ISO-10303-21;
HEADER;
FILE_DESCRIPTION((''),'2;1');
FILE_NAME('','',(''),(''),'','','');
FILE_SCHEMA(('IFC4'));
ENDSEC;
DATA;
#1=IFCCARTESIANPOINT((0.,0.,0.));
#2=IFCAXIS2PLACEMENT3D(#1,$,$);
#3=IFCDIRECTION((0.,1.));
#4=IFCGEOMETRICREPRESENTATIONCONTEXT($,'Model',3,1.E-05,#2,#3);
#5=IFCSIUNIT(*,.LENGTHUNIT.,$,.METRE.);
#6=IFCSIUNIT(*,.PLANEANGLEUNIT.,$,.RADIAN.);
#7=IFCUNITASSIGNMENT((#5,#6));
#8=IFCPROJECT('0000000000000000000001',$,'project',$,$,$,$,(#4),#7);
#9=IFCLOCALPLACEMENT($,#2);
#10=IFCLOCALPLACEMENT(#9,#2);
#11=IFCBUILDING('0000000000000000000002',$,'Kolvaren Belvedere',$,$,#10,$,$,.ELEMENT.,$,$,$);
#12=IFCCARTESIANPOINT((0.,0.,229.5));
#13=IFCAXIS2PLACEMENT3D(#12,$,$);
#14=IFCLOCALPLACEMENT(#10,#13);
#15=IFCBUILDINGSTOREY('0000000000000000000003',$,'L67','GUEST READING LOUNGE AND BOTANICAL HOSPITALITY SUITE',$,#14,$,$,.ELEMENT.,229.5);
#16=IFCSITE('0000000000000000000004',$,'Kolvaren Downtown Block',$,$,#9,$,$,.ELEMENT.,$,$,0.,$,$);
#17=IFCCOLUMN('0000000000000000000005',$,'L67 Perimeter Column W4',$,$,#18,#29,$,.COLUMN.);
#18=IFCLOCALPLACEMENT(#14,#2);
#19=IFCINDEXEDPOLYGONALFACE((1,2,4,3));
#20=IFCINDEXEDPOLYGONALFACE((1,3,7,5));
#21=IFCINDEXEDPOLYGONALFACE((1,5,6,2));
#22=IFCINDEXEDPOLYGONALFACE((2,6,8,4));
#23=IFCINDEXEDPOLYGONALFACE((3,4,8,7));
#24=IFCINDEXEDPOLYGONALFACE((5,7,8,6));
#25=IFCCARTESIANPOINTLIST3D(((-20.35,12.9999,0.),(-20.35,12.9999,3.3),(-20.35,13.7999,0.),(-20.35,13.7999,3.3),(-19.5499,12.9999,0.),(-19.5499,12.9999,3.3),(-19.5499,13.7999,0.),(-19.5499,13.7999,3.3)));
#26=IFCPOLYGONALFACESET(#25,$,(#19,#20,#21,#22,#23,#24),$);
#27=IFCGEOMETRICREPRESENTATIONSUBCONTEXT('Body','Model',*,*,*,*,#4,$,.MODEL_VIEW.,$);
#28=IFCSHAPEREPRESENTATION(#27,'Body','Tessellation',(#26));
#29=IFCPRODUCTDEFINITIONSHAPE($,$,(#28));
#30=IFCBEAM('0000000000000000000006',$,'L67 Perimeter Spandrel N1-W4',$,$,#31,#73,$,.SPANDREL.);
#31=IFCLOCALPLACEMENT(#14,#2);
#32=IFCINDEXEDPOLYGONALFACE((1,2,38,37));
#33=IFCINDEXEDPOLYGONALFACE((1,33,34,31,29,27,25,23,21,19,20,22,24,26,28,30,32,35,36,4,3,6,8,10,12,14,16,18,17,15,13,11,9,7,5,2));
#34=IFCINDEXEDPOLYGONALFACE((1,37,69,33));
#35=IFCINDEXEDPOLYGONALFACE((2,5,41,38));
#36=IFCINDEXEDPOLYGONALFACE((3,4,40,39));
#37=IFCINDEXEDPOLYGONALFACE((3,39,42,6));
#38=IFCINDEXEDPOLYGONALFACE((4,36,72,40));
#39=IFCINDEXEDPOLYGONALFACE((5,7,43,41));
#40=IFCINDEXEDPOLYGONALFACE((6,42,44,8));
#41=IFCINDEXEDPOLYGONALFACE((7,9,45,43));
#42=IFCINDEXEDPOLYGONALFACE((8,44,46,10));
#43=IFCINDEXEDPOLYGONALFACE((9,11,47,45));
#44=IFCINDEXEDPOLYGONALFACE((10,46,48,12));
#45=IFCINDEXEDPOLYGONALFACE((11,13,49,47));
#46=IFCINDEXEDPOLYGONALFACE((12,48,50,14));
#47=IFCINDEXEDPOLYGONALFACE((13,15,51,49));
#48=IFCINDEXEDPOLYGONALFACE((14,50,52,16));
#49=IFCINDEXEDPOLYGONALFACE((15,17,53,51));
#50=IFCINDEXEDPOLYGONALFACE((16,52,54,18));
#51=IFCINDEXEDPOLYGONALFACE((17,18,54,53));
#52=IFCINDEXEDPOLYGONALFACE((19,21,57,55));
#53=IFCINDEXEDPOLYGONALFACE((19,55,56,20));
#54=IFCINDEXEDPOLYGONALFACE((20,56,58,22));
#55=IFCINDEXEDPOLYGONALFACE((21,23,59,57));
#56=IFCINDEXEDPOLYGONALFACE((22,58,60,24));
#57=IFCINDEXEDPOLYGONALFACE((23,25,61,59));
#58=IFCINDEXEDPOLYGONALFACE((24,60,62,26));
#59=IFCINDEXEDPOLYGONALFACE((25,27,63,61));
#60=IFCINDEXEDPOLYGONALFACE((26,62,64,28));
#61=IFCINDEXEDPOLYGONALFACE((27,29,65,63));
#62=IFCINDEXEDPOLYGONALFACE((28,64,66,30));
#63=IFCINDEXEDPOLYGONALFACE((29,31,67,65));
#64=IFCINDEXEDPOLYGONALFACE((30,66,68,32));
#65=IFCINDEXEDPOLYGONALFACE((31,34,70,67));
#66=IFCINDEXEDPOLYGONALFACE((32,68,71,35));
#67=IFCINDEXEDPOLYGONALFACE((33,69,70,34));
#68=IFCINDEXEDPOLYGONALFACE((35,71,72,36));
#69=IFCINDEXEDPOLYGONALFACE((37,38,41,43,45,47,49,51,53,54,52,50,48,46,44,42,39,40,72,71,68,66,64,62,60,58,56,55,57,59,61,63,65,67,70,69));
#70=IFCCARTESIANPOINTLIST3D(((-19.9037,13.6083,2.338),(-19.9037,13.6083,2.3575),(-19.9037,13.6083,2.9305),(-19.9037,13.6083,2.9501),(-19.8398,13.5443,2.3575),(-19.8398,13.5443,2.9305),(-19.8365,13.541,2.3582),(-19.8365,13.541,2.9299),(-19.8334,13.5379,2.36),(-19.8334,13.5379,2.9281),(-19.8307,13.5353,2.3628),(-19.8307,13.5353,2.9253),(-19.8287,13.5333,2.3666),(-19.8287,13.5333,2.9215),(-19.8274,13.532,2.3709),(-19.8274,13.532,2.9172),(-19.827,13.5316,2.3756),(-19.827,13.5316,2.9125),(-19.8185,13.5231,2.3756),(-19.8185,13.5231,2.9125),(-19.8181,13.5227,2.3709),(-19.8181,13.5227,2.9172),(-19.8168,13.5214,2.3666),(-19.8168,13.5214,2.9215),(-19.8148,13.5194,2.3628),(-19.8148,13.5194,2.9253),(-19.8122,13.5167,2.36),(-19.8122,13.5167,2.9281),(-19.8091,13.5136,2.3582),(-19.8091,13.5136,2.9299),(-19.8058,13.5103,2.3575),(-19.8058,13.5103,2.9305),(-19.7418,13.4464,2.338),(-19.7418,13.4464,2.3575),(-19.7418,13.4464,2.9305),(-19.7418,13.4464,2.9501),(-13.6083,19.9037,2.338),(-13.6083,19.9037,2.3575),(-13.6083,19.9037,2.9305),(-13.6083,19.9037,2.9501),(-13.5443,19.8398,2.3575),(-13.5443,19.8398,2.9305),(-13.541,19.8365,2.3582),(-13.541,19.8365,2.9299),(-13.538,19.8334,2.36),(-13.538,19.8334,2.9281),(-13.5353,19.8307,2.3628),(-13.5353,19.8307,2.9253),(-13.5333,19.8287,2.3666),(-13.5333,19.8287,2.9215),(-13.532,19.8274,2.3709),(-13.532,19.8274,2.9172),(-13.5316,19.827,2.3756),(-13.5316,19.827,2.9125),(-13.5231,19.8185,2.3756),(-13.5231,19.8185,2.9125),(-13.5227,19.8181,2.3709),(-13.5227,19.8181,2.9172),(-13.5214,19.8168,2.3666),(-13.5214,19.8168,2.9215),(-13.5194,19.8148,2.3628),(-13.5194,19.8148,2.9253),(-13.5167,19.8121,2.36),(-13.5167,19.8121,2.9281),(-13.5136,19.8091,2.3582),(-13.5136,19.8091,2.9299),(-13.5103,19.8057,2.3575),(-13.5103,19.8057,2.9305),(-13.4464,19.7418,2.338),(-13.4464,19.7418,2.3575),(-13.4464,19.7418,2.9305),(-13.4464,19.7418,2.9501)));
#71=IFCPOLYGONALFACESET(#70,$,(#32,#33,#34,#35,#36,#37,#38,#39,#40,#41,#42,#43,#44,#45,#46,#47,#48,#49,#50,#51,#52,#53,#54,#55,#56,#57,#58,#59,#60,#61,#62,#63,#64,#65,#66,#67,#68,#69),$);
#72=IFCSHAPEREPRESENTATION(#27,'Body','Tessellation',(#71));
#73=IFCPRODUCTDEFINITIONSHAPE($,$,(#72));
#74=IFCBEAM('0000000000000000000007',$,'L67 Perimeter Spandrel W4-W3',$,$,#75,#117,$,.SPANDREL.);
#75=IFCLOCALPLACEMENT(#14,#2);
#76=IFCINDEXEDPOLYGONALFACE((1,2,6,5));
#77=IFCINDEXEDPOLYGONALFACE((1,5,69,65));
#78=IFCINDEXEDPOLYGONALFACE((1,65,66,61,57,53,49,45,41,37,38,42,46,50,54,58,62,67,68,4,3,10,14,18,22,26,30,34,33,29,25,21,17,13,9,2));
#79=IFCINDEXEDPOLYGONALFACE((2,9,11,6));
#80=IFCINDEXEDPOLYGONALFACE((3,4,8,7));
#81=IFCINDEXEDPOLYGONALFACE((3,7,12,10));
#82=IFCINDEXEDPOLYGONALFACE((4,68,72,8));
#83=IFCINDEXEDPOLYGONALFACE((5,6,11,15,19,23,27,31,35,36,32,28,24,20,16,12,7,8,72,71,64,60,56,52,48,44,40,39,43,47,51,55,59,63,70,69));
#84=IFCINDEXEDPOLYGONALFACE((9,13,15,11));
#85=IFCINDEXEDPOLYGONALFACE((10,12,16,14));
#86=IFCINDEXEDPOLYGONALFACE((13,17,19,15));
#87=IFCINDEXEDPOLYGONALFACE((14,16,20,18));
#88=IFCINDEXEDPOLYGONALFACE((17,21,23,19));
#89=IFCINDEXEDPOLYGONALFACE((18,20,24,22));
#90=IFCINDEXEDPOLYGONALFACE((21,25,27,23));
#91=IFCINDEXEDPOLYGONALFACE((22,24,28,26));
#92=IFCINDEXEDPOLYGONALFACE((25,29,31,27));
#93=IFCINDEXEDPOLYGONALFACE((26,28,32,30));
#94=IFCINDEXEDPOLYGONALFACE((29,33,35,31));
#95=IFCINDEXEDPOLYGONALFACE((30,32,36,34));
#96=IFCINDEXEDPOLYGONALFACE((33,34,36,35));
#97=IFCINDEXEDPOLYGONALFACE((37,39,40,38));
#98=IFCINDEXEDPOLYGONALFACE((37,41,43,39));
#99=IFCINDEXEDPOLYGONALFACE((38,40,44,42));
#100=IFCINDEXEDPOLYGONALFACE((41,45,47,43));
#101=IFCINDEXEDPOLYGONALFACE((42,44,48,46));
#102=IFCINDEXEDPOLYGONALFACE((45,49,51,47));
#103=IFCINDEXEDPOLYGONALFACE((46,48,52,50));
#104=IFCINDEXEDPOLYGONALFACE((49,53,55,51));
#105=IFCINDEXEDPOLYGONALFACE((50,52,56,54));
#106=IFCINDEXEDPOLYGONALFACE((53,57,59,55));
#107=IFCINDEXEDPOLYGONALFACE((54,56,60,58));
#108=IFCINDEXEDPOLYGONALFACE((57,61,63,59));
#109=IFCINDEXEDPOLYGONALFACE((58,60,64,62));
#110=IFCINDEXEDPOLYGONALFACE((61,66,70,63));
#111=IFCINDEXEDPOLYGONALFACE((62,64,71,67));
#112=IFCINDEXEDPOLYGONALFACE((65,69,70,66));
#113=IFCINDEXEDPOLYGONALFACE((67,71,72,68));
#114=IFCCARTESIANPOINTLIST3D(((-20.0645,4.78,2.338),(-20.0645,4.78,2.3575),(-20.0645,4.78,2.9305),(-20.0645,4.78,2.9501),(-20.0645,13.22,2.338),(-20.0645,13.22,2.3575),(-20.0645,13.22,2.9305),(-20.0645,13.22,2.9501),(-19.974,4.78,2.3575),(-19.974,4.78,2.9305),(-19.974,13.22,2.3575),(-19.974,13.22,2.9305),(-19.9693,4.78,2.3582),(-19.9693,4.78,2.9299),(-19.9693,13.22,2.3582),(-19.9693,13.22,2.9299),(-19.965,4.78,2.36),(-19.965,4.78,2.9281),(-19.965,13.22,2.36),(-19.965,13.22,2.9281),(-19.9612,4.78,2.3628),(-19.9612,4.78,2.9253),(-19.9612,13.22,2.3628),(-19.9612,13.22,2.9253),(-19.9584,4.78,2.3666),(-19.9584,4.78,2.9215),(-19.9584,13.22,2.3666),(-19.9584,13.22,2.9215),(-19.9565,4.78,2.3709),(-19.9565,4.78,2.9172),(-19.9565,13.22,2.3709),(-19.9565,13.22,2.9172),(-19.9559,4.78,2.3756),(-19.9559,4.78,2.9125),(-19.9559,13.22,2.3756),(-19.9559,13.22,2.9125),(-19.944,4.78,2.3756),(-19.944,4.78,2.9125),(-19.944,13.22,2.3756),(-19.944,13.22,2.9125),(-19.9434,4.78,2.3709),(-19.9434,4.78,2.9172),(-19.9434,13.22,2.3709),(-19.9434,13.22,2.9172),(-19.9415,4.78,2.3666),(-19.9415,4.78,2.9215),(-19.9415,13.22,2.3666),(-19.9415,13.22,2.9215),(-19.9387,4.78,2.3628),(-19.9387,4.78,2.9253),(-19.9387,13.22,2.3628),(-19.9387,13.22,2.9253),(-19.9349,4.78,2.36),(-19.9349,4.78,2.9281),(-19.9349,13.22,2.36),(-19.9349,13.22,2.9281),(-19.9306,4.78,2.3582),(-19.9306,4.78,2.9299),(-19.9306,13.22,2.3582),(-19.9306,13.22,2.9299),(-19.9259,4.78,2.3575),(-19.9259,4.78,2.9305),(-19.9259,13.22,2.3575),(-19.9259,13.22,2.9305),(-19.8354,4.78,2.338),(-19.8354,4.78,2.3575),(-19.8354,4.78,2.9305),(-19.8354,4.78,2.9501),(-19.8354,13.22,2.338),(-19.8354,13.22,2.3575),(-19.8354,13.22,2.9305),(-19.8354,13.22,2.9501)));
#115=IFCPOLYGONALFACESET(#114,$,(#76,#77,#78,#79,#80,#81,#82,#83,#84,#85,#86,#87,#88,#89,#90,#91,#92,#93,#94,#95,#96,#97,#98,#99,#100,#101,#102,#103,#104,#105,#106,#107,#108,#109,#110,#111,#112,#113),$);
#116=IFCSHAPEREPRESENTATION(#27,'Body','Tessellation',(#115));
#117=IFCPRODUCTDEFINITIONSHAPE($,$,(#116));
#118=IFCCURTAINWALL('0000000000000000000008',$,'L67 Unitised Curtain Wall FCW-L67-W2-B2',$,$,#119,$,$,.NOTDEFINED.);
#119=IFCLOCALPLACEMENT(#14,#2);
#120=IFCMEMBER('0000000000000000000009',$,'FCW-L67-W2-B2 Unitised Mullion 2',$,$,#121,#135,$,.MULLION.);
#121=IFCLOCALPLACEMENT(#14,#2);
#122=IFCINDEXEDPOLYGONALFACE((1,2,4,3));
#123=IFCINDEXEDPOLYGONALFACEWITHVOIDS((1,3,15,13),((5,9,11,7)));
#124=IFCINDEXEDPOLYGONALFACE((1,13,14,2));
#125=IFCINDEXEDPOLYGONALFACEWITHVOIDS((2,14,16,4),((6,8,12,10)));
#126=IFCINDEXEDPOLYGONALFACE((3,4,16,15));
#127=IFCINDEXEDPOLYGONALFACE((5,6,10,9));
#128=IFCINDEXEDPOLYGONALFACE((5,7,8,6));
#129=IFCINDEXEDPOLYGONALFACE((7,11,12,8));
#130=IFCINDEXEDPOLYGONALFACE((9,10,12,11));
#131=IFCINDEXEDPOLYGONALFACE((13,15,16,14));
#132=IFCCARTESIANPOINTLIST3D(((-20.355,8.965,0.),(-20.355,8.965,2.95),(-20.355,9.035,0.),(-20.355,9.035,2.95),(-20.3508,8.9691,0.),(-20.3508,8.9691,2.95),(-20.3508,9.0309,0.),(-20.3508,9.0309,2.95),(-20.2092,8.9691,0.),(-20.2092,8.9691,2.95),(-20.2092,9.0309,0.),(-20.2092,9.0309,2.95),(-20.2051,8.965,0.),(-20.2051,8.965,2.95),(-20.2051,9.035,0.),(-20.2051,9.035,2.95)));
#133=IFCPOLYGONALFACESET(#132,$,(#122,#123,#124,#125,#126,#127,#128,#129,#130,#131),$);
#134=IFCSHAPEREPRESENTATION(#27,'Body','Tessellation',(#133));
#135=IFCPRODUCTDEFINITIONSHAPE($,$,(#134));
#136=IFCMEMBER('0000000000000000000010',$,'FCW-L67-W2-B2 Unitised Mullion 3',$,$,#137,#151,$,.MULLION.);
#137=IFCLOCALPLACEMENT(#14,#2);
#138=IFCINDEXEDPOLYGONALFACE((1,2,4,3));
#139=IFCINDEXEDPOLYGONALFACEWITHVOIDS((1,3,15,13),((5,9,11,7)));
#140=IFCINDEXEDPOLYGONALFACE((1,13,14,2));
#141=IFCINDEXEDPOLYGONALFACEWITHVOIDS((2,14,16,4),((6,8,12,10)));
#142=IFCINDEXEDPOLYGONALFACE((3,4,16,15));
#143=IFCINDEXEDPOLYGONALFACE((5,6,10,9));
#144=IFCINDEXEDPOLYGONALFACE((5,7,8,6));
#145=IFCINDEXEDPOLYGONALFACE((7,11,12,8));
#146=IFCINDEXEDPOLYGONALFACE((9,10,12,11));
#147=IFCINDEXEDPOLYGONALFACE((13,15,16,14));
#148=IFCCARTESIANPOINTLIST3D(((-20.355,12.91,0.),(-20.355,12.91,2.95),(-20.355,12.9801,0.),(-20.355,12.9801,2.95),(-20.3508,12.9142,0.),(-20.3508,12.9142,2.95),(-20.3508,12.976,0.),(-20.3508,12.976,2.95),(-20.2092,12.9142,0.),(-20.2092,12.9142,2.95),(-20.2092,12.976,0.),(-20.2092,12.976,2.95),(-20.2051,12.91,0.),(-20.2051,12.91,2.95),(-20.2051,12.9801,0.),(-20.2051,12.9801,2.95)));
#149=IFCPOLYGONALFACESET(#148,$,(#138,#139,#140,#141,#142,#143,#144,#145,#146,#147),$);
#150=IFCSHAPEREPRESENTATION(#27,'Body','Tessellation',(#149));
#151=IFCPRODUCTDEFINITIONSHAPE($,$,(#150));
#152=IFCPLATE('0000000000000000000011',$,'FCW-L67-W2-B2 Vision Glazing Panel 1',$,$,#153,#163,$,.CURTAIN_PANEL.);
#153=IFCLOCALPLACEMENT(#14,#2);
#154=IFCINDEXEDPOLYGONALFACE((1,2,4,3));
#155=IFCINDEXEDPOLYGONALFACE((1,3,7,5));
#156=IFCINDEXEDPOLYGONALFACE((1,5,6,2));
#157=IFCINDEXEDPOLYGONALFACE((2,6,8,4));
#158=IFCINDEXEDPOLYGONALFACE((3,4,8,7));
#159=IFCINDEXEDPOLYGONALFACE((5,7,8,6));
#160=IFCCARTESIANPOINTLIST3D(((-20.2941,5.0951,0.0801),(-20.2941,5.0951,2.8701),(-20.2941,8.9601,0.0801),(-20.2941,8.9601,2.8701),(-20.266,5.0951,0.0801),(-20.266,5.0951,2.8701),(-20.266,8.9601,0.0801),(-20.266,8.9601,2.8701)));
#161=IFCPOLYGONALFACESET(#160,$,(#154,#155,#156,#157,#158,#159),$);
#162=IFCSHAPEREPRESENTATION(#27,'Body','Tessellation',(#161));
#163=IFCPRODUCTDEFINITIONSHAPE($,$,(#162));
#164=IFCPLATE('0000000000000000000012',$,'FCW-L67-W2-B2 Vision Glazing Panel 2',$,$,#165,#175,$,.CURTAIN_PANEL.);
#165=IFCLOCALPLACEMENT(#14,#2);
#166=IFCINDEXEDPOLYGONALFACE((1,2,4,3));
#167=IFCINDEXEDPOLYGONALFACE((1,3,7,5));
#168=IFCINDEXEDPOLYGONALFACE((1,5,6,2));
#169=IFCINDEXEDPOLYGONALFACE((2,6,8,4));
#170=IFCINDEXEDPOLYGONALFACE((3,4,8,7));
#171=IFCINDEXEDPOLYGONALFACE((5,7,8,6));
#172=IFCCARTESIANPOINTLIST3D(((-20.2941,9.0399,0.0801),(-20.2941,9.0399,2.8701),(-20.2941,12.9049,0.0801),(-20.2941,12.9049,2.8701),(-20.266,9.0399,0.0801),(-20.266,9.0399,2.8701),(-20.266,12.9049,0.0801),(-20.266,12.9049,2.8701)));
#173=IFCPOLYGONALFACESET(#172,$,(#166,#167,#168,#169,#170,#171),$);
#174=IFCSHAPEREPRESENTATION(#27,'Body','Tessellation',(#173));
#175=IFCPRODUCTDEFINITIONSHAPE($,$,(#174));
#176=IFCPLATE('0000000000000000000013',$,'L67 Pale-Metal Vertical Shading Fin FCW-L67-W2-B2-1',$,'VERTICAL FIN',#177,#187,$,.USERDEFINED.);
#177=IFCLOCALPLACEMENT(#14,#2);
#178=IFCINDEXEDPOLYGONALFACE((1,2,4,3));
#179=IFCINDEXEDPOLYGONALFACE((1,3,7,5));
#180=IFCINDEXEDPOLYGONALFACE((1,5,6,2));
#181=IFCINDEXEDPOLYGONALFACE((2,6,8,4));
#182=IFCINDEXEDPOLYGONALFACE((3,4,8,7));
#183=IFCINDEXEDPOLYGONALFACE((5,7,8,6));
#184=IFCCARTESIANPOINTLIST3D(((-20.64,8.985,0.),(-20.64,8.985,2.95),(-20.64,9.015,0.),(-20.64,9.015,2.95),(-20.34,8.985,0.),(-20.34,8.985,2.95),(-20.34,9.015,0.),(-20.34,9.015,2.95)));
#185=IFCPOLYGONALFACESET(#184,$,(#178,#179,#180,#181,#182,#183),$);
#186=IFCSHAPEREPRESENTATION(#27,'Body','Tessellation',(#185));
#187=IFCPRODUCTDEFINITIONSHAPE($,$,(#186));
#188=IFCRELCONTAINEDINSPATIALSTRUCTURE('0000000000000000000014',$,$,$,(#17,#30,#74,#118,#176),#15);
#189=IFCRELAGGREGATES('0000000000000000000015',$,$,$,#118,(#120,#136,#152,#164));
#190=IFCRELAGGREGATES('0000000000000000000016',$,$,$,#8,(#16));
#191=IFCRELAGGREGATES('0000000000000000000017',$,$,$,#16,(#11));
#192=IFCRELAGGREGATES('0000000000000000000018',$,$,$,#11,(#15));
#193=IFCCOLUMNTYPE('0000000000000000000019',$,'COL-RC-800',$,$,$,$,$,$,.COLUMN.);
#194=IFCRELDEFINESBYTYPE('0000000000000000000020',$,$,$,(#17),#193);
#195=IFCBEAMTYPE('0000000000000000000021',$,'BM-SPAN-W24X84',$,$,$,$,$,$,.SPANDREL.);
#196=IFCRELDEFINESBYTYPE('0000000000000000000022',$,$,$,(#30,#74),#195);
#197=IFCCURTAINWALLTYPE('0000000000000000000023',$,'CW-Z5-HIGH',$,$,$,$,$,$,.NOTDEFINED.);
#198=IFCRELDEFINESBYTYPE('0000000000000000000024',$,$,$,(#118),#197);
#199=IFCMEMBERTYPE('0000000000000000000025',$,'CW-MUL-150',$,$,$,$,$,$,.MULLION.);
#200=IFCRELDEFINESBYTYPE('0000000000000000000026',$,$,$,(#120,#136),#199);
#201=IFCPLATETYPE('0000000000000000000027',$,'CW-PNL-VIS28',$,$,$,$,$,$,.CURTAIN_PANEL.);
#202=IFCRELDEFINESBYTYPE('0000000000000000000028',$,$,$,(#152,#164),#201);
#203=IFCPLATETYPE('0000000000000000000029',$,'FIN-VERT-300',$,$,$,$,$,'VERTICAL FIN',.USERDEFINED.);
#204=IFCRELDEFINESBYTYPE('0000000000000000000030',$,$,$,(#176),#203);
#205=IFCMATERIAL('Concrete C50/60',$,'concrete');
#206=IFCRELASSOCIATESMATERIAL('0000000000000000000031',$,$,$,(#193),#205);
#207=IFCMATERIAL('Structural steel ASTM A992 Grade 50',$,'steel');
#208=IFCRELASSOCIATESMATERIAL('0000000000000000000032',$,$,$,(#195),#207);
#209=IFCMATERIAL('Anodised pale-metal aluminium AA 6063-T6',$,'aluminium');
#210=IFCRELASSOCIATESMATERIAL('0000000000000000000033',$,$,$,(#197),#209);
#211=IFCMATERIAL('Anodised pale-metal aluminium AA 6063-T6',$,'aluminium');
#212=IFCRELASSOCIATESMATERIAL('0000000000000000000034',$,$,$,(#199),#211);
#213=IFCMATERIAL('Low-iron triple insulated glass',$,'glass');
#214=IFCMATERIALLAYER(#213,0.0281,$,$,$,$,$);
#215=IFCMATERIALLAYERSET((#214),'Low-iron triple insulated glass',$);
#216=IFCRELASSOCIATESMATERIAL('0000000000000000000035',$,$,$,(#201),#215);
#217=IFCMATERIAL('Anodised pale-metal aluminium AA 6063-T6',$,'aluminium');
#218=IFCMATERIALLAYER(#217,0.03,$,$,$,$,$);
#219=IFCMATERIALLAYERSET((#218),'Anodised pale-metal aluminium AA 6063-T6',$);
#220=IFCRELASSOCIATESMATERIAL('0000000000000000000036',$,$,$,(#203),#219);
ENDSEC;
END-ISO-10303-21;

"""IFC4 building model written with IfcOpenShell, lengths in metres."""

from ifc_helpers import new_model, si_unit, direction, frame, origin, origin_2d, place, context, subcontext, project, spatial, rectangle, hollow_rectangle, i_section, extrude, material, layer, layer_set, material_profile, profile_set, type_object, element, aggregate, save


model = new_model("IFC4")

# Units and contexts
model_context = context("Model", 3, precision=1e-05, world=origin(), true_north=direction((0.0, 1.0)))
body_context = subcontext(model_context, "Body", "Model", "MODEL_VIEW")
ifc_project = project(units=[si_unit("LENGTHUNIT", "METRE"), si_unit("PLANEANGLEUNIT", "RADIAN")], contexts=[model_context])

# Site, building, storey
site_placement = place(None, origin())
site = spatial("IfcSite", under=ifc_project, at=site_placement, Name="Kolvaren Downtown Block", CompositionType="ELEMENT", RefElevation=0.0)
building_placement = place(site_placement, origin())
building = spatial("IfcBuilding", under=site, at=building_placement, Name="Kolvaren Belvedere", CompositionType="ELEMENT")
storey_placement = place(building_placement, frame((0.0, 0.0, 229.5)))
storey = spatial("IfcBuildingStorey", under=building, at=storey_placement, Name="L67", Description="GUEST READING LOUNGE AND BOTANICAL HOSPITALITY SUITE", CompositionType="ELEMENT", Elevation=229.5)

# Column
ifc_material_1 = material(Name="Concrete C50/60", Category="concrete")
ifc_material_profile_1 = material_profile(ifc_material_1, rectangle(XDim=0.8, YDim=0.8, at=origin_2d()), Name="RC 800X800")
ifc_profile_set_1 = profile_set([ifc_material_profile_1], Name="Concrete C50/60")
column_type = type_object("IfcColumnType", Name="COL-RC-800", PredefinedType="COLUMN", material=ifc_profile_set_1)
column_placement = place(storey_placement, frame((-19.95, 13.3999, 0.0), z_axis=(0.0, 0.0, 1.0), x_axis=(1.0, 0.0, 0.0)))
element("IfcColumn", 1, at=column_placement, inside=storey, type_object=column_type, Name="L67 Perimeter Column W4", PredefinedType="COLUMN", context=body_context, shape_type="SweptSolid", body=[
    extrude(rectangle(XDim=0.8, YDim=0.8, at=origin_2d()), origin(), (0.0, 0.0, 1.0), 3.3),
])

# Beams
ifc_material_2 = material(Name="Structural steel ASTM A992 Grade 50", Category="steel")
ifc_material_profile_2 = material_profile(ifc_material_2, i_section(OverallWidth=0.229, OverallDepth=0.6121, WebThickness=0.012, FlangeThickness=0.0195, FilletRadius=0.0181, at=origin_2d()), Name="W24X84")
ifc_profile_set_2 = profile_set([ifc_material_profile_2], Name="Structural steel ASTM A992 Grade 50")
beam_type = type_object("IfcBeamType", Name="BM-SPAN-W24X84", PredefinedType="SPANDREL", material=ifc_profile_set_2)
beam_1_placement = place(storey_placement, frame((-13.5273, 19.8228, 2.644), z_axis=(-0.707107, -0.707107, 0.0), x_axis=(0.707107, -0.707107, 0.0)))
element("IfcBeam", 2, at=beam_1_placement, inside=storey, type_object=beam_type, Name="L67 Perimeter Spandrel N1-W4", PredefinedType="SPANDREL", context=body_context, shape_type="SweptSolid", body=[
    extrude(i_section(OverallWidth=0.229, OverallDepth=0.6121, WebThickness=0.012, FlangeThickness=0.0195, FilletRadius=0.0181, at=origin_2d()), origin(), (0.0, 0.0, 1.0), 8.9031),
])
beam_2_placement = place(storey_placement, frame((-19.95, 13.22, 2.644), z_axis=(0.0, -1.0, 0.0), x_axis=(1.0, 0.0, 0.0)))
element("IfcBeam", 3, at=beam_2_placement, inside=storey, type_object=beam_type, Name="L67 Perimeter Spandrel W4-W3", PredefinedType="SPANDREL", context=body_context, shape_type="SweptSolid", body=[
    extrude(i_section(OverallWidth=0.229, OverallDepth=0.6121, WebThickness=0.012, FlangeThickness=0.0195, FilletRadius=0.0181, at=origin_2d()), origin(), (0.0, 0.0, 1.0), 8.4399),
])

# Curtain wall, members, plates
ifc_material_3 = material(Name="Anodised pale-metal aluminium AA 6063-T6", Category="aluminium")
curtain_wall_type = type_object("IfcCurtainWallType", Name="CW-Z5-HIGH", PredefinedType="NOTDEFINED", material=ifc_material_3)
curtain_wall_placement = place(storey_placement, origin())
curtain_wall = element("IfcCurtainWall", 4, at=curtain_wall_placement, inside=storey, type_object=curtain_wall_type, Name="L67 Unitised Curtain Wall FCW-L67-W2-B2", PredefinedType="NOTDEFINED")
ifc_material_4 = material(Name="Anodised pale-metal aluminium AA 6063-T6", Category="aluminium")
ifc_material_profile_3 = material_profile(ifc_material_4, hollow_rectangle(XDim=0.0701, YDim=0.1499, WallThickness=0.0042, at=origin_2d()), Name="ALU-MUL-150X70")
ifc_profile_set_3 = profile_set([ifc_material_profile_3], Name="Anodised pale-metal aluminium AA 6063-T6")
member_type = type_object("IfcMemberType", Name="CW-MUL-150", PredefinedType="MULLION", material=ifc_profile_set_3)
member_1_placement = place(storey_placement, frame((-20.28, 9.0, 0.0), z_axis=(0.0, 0.0, 1.0), x_axis=(0.0, 1.0, 0.0)))
member_1 = element("IfcMember", 5, at=member_1_placement, type_object=member_type, Name="FCW-L67-W2-B2 Unitised Mullion 2", PredefinedType="MULLION", context=body_context, shape_type="SweptSolid", body=[
    extrude(hollow_rectangle(XDim=0.0701, YDim=0.1499, WallThickness=0.0042, at=origin_2d()), origin(), (0.0, 0.0, 1.0), 2.95),
])
member_2_placement = place(storey_placement, frame((-20.28, 12.9451, 0.0), z_axis=(0.0, 0.0, 1.0), x_axis=(0.0, 1.0, 0.0)))
member_2 = element("IfcMember", 6, at=member_2_placement, type_object=member_type, Name="FCW-L67-W2-B2 Unitised Mullion 3", PredefinedType="MULLION", context=body_context, shape_type="SweptSolid", body=[
    extrude(hollow_rectangle(XDim=0.0701, YDim=0.1499, WallThickness=0.0042, at=origin_2d()), origin(), (0.0, 0.0, 1.0), 2.95),
])
ifc_material_5 = material(Name="Low-iron triple insulated glass", Category="glass")
ifc_layer_1 = layer(ifc_material_5, 0.0281)
ifc_layer_set_1 = layer_set([ifc_layer_1], Name="Low-iron triple insulated glass")
plate_type_1 = type_object("IfcPlateType", Name="CW-PNL-VIS28", PredefinedType="CURTAIN_PANEL", material=ifc_layer_set_1)
plate_1_placement = place(storey_placement, frame((-20.28, 7.0276, 0.0801), z_axis=(0.0, 0.0, 1.0), x_axis=(0.0, 1.0, 0.0)))
plate_1 = element("IfcPlate", 7, at=plate_1_placement, type_object=plate_type_1, Name="FCW-L67-W2-B2 Vision Glazing Panel 1", PredefinedType="CURTAIN_PANEL", context=body_context, shape_type="SweptSolid", body=[
    extrude(rectangle(XDim=3.865, YDim=0.0281, at=origin_2d()), origin(), (0.0, 0.0, 1.0), 2.79),
])
plate_2_placement = place(storey_placement, frame((-20.28, 10.9724, 0.0801), z_axis=(0.0, 0.0, 1.0), x_axis=(0.0, 1.0, 0.0)))
plate_2 = element("IfcPlate", 8, at=plate_2_placement, type_object=plate_type_1, Name="FCW-L67-W2-B2 Vision Glazing Panel 2", PredefinedType="CURTAIN_PANEL", context=body_context, shape_type="SweptSolid", body=[
    extrude(rectangle(XDim=3.865, YDim=0.0281, at=origin_2d()), origin(), (0.0, 0.0, 1.0), 2.79),
])
aggregate(curtain_wall, [member_1, member_2, plate_1, plate_2])

# Plate
ifc_material_6 = material(Name="Anodised pale-metal aluminium AA 6063-T6", Category="aluminium")
ifc_layer_2 = layer(ifc_material_6, 0.03)
ifc_layer_set_2 = layer_set([ifc_layer_2], Name="Anodised pale-metal aluminium AA 6063-T6")
plate_type_2 = type_object("IfcPlateType", Name="FIN-VERT-300", ElementType="VERTICAL FIN", PredefinedType="USERDEFINED", material=ifc_layer_set_2)
plate_3_placement = place(storey_placement, frame((-20.49, 9.0, 0.0), z_axis=(0.0, 0.0, 1.0), x_axis=(1.0, 0.0, 0.0)))
element("IfcPlate", 9, at=plate_3_placement, inside=storey, type_object=plate_type_2, Name="L67 Pale-Metal Vertical Shading Fin FCW-L67-W2-B2-1", ObjectType="VERTICAL FIN", PredefinedType="USERDEFINED", context=body_context, shape_type="SweptSolid", body=[
    extrude(rectangle(XDim=0.3, YDim=0.03, at=origin_2d()), origin(), (0.0, 0.0, 1.0), 2.95),
])

save(model, "model.ifc")
